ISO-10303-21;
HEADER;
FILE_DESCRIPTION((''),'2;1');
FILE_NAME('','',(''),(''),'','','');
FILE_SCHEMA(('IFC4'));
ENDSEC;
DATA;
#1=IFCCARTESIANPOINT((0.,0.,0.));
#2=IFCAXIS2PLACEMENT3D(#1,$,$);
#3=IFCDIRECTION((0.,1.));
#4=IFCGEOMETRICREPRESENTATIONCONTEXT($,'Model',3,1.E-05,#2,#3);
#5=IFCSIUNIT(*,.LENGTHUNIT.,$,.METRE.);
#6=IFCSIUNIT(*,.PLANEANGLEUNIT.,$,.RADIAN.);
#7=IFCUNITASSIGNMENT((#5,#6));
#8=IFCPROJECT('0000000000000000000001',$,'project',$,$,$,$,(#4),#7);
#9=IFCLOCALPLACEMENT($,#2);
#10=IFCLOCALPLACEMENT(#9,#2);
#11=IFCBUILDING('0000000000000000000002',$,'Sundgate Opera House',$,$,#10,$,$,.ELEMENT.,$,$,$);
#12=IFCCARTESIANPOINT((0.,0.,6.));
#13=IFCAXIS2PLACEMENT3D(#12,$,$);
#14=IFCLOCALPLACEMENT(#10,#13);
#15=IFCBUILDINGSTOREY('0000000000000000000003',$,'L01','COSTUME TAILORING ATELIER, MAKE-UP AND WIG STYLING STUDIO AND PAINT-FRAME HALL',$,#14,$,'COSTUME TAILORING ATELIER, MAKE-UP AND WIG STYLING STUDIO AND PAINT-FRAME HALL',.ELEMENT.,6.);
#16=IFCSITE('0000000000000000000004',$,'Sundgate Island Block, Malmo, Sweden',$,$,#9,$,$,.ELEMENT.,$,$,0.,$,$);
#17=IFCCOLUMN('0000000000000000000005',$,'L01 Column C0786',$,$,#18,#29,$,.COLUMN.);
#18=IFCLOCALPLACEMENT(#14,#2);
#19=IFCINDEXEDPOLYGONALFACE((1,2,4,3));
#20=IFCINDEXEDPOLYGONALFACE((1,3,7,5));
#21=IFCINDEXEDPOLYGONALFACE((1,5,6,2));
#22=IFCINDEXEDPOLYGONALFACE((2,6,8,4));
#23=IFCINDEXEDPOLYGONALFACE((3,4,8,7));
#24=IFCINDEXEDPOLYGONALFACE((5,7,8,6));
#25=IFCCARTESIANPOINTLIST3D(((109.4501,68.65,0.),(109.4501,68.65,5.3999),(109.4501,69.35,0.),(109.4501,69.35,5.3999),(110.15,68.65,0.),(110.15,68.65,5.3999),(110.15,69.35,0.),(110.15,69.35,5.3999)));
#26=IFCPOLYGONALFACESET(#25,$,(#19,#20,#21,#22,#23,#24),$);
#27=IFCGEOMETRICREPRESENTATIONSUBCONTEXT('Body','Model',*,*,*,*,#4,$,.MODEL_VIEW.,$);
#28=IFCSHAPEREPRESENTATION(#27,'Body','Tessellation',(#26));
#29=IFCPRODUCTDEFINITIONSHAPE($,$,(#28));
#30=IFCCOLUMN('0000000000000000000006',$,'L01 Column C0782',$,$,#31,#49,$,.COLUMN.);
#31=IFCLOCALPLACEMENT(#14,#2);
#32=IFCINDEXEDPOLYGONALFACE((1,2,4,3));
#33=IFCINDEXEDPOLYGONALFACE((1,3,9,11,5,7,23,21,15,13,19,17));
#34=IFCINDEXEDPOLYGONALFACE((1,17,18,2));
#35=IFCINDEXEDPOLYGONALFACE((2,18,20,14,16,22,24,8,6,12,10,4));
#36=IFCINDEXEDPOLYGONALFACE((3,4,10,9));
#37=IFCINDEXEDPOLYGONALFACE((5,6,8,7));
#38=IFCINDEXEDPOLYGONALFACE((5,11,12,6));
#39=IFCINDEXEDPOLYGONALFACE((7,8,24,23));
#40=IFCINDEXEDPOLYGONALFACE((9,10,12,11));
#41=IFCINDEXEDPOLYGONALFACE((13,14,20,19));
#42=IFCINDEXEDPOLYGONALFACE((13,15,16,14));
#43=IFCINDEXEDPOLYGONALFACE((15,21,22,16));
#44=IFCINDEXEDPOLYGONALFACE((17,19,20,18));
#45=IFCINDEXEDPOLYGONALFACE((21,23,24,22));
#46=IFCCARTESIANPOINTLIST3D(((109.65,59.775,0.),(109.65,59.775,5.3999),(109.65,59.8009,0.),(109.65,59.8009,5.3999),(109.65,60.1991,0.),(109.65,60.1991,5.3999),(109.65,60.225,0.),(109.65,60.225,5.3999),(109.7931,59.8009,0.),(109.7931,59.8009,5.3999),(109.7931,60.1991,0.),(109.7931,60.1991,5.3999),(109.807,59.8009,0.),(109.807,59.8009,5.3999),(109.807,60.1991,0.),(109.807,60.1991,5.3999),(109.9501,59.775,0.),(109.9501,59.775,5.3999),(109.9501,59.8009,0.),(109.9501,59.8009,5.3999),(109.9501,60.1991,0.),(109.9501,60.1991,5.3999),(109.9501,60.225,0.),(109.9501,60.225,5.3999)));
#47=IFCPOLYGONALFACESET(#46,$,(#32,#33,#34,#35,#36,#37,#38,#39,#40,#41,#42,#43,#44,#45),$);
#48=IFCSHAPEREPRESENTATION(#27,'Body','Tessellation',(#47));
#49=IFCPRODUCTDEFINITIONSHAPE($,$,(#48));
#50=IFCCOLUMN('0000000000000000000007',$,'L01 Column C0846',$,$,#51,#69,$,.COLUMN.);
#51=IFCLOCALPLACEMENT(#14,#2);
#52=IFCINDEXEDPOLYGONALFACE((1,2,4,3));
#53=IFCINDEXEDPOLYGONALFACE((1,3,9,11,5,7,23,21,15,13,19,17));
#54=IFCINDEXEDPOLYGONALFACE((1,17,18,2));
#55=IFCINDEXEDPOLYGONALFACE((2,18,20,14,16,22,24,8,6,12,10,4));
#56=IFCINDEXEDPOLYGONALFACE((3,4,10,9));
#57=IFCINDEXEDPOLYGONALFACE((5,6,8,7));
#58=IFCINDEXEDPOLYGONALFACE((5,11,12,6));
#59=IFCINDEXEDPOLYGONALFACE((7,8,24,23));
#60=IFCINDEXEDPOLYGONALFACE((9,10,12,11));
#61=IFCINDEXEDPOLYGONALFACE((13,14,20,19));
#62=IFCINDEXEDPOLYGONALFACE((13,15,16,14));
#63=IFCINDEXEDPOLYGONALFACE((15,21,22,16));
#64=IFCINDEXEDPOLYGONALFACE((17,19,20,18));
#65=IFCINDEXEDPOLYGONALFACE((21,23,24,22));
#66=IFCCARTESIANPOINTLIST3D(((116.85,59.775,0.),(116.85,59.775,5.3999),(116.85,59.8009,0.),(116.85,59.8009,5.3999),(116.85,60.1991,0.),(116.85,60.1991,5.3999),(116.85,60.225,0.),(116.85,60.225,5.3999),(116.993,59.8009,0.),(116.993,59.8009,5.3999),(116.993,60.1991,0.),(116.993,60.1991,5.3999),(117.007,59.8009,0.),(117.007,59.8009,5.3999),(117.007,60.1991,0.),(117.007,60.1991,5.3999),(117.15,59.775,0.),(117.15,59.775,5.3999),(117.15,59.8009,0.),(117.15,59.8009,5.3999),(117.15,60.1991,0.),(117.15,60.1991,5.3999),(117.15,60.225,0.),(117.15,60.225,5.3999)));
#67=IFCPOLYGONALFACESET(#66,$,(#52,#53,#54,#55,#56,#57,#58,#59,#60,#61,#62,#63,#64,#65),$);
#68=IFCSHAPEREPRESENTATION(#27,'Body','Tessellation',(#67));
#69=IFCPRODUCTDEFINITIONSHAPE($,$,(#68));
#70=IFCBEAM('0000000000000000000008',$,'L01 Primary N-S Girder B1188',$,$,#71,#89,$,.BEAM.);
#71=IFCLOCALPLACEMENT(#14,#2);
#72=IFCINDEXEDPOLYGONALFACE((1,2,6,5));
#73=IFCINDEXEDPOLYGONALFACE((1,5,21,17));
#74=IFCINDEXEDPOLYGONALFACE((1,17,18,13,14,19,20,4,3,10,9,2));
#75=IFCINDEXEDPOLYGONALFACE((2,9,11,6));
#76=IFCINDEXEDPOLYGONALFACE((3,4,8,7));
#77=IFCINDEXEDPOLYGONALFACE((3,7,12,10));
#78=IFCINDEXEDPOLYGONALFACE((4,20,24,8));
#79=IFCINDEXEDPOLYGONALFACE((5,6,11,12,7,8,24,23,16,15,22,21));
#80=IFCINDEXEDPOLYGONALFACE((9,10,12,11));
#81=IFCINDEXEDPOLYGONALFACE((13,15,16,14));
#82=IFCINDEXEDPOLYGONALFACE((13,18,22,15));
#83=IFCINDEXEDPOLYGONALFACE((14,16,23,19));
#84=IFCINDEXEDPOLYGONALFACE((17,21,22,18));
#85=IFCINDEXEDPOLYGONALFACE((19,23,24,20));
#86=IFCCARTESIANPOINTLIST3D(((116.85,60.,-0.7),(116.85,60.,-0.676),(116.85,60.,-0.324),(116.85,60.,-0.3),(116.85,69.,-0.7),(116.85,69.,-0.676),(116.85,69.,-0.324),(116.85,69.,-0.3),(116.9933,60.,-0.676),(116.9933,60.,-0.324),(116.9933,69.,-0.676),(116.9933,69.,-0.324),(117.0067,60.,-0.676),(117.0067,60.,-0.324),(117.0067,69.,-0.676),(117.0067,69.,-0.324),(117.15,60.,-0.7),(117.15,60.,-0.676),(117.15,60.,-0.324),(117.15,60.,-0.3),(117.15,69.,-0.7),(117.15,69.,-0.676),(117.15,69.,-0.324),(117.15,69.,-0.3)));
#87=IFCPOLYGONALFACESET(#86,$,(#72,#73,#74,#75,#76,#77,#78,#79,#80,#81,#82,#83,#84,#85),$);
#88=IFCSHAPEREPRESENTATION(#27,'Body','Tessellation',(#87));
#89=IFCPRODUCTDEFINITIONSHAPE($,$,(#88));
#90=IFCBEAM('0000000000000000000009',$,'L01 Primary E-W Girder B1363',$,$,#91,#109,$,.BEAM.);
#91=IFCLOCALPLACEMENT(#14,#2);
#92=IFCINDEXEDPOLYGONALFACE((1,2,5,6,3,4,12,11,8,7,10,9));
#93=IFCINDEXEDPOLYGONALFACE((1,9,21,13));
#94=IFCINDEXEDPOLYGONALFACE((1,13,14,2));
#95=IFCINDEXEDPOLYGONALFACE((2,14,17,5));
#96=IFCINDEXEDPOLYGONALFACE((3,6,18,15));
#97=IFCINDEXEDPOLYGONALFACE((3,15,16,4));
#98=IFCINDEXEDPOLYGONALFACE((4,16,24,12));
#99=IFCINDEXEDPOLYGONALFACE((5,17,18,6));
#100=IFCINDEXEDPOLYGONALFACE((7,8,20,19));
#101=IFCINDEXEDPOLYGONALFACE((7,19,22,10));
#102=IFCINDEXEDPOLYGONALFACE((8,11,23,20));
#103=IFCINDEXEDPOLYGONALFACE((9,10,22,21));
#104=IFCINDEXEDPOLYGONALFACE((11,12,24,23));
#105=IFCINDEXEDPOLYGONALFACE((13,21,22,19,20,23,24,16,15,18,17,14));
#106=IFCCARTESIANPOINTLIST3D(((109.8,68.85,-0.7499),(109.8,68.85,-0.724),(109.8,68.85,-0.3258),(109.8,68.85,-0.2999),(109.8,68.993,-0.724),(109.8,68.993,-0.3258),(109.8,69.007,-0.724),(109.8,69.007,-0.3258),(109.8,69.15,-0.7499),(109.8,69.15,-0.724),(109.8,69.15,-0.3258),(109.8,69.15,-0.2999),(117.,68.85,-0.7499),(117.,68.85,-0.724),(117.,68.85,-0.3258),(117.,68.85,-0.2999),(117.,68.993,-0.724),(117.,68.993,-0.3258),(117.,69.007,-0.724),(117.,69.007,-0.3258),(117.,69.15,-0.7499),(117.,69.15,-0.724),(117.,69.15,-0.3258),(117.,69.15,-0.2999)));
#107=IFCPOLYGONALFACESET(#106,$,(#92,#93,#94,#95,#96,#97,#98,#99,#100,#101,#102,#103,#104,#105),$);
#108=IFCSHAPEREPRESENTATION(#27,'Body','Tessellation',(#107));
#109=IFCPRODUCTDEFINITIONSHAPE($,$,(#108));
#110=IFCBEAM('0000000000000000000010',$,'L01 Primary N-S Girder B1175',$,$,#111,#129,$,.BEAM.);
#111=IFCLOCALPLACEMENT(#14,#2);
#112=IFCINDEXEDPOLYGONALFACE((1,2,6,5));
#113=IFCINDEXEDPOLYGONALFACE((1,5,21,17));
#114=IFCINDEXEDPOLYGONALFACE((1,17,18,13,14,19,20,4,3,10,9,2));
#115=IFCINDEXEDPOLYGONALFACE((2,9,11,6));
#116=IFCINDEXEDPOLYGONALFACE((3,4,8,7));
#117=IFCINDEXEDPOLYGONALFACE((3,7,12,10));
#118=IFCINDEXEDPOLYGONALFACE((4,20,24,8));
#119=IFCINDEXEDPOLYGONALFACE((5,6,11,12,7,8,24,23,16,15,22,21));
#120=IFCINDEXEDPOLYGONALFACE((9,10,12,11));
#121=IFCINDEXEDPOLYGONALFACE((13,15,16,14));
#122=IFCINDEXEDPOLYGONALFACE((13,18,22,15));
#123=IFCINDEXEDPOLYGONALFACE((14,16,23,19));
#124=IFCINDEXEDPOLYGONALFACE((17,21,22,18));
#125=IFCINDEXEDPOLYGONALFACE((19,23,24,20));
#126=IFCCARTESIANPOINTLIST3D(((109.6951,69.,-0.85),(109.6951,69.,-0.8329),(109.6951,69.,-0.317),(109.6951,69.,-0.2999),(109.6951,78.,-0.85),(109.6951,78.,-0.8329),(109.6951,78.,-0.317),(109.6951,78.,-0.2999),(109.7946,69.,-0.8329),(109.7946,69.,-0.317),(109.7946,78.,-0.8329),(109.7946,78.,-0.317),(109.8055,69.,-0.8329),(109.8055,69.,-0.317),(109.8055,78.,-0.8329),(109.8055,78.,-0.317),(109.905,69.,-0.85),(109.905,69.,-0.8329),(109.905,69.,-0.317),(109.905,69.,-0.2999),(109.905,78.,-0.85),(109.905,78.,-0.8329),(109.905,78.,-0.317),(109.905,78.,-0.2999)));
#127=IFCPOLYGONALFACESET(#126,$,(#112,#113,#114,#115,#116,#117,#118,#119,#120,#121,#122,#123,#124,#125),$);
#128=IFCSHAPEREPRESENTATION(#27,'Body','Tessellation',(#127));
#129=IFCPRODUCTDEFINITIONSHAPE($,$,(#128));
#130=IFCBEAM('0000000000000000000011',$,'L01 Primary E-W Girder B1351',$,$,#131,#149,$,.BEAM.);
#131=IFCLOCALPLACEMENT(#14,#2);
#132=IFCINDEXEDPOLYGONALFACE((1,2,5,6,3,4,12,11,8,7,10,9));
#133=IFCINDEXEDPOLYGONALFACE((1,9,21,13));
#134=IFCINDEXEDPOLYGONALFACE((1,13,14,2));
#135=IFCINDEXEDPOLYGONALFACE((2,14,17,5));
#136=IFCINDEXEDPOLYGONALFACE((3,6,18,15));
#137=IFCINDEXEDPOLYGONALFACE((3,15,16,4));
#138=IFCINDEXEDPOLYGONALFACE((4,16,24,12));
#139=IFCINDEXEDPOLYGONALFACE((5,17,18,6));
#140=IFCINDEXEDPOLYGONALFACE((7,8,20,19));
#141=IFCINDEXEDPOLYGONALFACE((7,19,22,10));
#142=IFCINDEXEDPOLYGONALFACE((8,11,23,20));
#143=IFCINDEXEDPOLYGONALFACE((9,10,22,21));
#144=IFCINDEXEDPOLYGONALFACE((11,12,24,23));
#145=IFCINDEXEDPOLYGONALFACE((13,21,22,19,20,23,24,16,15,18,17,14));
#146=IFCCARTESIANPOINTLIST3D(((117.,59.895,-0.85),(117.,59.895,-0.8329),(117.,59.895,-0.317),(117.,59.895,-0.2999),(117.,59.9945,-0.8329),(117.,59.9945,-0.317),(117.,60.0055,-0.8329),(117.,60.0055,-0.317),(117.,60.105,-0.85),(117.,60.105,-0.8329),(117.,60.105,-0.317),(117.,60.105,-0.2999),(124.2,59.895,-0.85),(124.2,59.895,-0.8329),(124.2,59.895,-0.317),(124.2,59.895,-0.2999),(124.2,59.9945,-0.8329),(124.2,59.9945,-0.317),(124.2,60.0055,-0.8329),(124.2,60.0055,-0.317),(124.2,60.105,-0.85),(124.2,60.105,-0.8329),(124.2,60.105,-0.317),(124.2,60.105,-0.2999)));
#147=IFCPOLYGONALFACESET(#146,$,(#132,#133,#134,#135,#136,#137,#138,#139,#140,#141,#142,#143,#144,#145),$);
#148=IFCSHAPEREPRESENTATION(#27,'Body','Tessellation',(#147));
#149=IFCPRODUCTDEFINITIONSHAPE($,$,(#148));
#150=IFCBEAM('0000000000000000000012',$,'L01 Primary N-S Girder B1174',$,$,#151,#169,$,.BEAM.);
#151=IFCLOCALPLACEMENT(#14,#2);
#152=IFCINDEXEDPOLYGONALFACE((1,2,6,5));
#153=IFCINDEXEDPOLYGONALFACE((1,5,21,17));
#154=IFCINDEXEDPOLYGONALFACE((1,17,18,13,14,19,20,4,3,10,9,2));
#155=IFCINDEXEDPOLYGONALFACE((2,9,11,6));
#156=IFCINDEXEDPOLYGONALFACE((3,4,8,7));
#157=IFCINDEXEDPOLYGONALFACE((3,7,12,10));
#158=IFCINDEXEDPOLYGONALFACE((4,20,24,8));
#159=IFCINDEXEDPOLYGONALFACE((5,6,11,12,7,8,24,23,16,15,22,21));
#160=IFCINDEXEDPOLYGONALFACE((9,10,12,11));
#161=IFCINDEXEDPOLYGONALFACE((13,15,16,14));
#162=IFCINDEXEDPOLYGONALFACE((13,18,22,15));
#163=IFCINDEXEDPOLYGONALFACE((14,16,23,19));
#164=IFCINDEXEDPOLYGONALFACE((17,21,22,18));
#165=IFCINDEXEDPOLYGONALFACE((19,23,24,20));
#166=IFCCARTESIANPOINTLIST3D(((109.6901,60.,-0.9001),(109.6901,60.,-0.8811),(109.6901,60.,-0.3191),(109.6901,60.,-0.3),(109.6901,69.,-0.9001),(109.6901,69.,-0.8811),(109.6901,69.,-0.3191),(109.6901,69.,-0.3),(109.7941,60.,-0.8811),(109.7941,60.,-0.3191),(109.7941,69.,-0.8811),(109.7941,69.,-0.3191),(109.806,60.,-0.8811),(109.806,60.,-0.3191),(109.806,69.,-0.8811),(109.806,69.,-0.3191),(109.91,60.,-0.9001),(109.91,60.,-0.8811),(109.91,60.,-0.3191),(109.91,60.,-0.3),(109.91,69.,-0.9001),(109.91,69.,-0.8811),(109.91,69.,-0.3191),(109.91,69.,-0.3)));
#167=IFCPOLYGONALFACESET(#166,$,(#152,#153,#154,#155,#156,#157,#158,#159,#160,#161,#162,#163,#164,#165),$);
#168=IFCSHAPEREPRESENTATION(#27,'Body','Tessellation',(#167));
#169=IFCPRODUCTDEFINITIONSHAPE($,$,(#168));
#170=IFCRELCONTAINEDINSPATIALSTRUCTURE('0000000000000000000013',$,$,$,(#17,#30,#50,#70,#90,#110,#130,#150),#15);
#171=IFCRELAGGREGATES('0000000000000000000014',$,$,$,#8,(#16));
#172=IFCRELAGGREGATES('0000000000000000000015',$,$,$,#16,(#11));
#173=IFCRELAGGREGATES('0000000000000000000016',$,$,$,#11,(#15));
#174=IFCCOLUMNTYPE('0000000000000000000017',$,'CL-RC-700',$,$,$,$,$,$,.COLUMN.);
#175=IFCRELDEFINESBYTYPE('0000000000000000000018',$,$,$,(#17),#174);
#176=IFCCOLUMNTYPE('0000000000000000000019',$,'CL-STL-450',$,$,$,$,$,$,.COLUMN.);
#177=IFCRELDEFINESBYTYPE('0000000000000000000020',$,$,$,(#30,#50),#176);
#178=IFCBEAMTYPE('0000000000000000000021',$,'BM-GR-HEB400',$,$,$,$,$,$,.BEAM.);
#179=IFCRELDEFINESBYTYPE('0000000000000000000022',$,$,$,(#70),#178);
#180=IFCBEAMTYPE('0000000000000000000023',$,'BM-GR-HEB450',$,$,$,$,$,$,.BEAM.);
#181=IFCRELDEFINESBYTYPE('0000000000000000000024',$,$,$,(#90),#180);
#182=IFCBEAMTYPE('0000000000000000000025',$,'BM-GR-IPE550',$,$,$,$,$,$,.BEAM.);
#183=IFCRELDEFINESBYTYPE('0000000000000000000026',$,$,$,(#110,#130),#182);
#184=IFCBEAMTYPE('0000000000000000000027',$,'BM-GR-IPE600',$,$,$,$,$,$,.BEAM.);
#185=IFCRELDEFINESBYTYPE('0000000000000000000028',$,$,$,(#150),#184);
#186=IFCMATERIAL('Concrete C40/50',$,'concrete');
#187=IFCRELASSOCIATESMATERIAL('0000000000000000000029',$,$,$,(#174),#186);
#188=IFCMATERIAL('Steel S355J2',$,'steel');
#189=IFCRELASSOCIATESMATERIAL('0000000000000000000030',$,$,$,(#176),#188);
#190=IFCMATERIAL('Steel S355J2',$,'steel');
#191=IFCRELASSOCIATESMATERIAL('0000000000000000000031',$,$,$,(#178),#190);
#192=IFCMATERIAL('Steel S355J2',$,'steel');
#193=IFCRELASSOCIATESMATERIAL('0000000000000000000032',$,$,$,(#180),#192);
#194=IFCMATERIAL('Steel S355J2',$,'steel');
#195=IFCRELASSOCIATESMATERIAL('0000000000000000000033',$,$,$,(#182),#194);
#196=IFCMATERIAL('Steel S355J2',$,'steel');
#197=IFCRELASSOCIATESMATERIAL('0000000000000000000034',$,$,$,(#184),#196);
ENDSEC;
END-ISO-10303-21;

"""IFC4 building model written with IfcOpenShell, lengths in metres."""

from ifc_helpers import new_model, si_unit, direction, frame, origin, origin_2d, place, context, subcontext, project, spatial, rectangle, i_section, extrude, material, material_profile, profile_set, type_object, element, save


model = new_model("IFC4")

# Units and contexts
model_context = context("Model", 3, precision=1e-05, world=origin(), true_north=direction((0.0, 1.0)))
body_context = subcontext(model_context, "Body", "Model", "MODEL_VIEW")
ifc_project = project(units=[si_unit("LENGTHUNIT", "METRE"), si_unit("PLANEANGLEUNIT", "RADIAN")], contexts=[model_context])

# Site, building, storey
site_placement = place(None, origin())
site = spatial("IfcSite", under=ifc_project, at=site_placement, Name="Sundgate Island Block, Malmo, Sweden", CompositionType="ELEMENT", RefElevation=0.0)
building_placement = place(site_placement, origin())
building = spatial("IfcBuilding", under=site, at=building_placement, Name="Sundgate Opera House", CompositionType="ELEMENT")
storey_placement = place(building_placement, frame((0.0, 0.0, 6.0)))
storey = spatial("IfcBuildingStorey", under=building, at=storey_placement, Name="L01", Description="COSTUME TAILORING ATELIER, MAKE-UP AND WIG STYLING STUDIO AND PAINT-FRAME HALL", LongName="COSTUME TAILORING ATELIER, MAKE-UP AND WIG STYLING STUDIO AND PAINT-FRAME HALL", CompositionType="ELEMENT", Elevation=6.0)

# Columns
ifc_material_1 = material(Name="Concrete C40/50", Category="concrete")
ifc_material_profile_1 = material_profile(ifc_material_1, rectangle(XDim=0.7, YDim=0.7, at=origin_2d()), Name="RC 700x700")
ifc_profile_set_1 = profile_set([ifc_material_profile_1], Name="Concrete C40/50")
column_type_1 = type_object("IfcColumnType", Name="CL-RC-700", PredefinedType="COLUMN", material=ifc_profile_set_1)
column_placement = place(storey_placement, frame((109.8, 69.0, 0.0), z_axis=(0.0, 0.0, 1.0), x_axis=(1.0, 0.0, 0.0)))
element("IfcColumn", 1, at=column_placement, inside=storey, type_object=column_type_1, Name="L01 Column C0786", PredefinedType="COLUMN", context=body_context, shape_type="SweptSolid", body=[
    extrude(rectangle(XDim=0.7, YDim=0.7, at=origin_2d()), origin(), (0.0, 0.0, 1.0), 5.3999),
])
ifc_material_2 = material(Name="Steel S355J2", Category="steel")
ifc_material_profile_2 = material_profile(ifc_material_2, i_section(OverallWidth=0.3, OverallDepth=0.45, WebThickness=0.0139, FlangeThickness=0.0259, at=origin_2d()), Name="HEB 450")
ifc_profile_set_2 = profile_set([ifc_material_profile_2], Name="Steel S355J2")
column_type_2 = type_object("IfcColumnType", Name="CL-STL-450", PredefinedType="COLUMN", material=ifc_profile_set_2)
for number, where, z_axis, x_axis, name in (
    (2, (109.8, 60.0, 0.0), (0.0, 0.0, 1.0), (1.0, 0.0, 0.0), "L01 Column C0782"),
    (3, (117.0, 60.0, 0.0), (0.0, 0.0, 1.0), (1.0, 0.0, 0.0), "L01 Column C0846"),
):
    element("IfcColumn", number, at=place(storey_placement, frame(where, z_axis=z_axis, x_axis=x_axis)), inside=storey, type_object=column_type_2, Name=name, PredefinedType="COLUMN", context=body_context, shape_type="SweptSolid", body=[
        extrude(i_section(OverallWidth=0.3, OverallDepth=0.45, WebThickness=0.0139, FlangeThickness=0.0259, at=origin_2d()), origin(), (0.0, 0.0, 1.0), 5.3999),
    ])

# Beams
ifc_material_3 = material(Name="Steel S355J2", Category="steel")
ifc_material_profile_3 = material_profile(ifc_material_3, i_section(OverallWidth=0.3, OverallDepth=0.3999, WebThickness=0.0134, FlangeThickness=0.0239, at=origin_2d()), Name="HEB 400")
ifc_profile_set_3 = profile_set([ifc_material_profile_3], Name="Steel S355J2")
beam_type_1 = type_object("IfcBeamType", Name="BM-GR-HEB400", PredefinedType="BEAM", material=ifc_profile_set_3)
beam_1_placement = place(storey_placement, frame((117.0, 60.0, -0.5), z_axis=(0.0, 1.0, 0.0), x_axis=(-1.0, 0.0, 0.0)))
element("IfcBeam", 4, at=beam_1_placement, inside=storey, type_object=beam_type_1, Name="L01 Primary N-S Girder B1188", PredefinedType="BEAM", context=body_context, shape_type="SweptSolid", body=[
    extrude(i_section(OverallWidth=0.3, OverallDepth=0.3999, WebThickness=0.0134, FlangeThickness=0.0239, at=origin_2d()), origin(), (0.0, 0.0, 1.0), 9.0),
])
ifc_material_4 = material(Name="Steel S355J2", Category="steel")
ifc_material_profile_4 = material_profile(ifc_material_4, i_section(OverallWidth=0.3, OverallDepth=0.45, WebThickness=0.0139, FlangeThickness=0.0259, at=origin_2d()), Name="HEB 450")
ifc_profile_set_4 = profile_set([ifc_material_profile_4], Name="Steel S355J2")
beam_type_2 = type_object("IfcBeamType", Name="BM-GR-HEB450", PredefinedType="BEAM", material=ifc_profile_set_4)
beam_2_placement = place(storey_placement, frame((109.8, 69.0, -0.5249), z_axis=(1.0, 0.0, 0.0), x_axis=(0.0, 1.0, 0.0)))
element("IfcBeam", 5, at=beam_2_placement, inside=storey, type_object=beam_type_2, Name="L01 Primary E-W Girder B1363", PredefinedType="BEAM", context=body_context, shape_type="SweptSolid", body=[
    extrude(i_section(OverallWidth=0.3, OverallDepth=0.45, WebThickness=0.0139, FlangeThickness=0.0259, at=origin_2d()), origin(), (0.0, 0.0, 1.0), 7.2),
])
ifc_material_5 = material(Name="Steel S355J2", Category="steel")
ifc_material_profile_5 = material_profile(ifc_material_5, i_section(OverallWidth=0.21, OverallDepth=0.55, WebThickness=0.011, FlangeThickness=0.0171, at=origin_2d()), Name="IPE 550")
ifc_profile_set_5 = profile_set([ifc_material_profile_5], Name="Steel S355J2")
beam_type_3 = type_object("IfcBeamType", Name="BM-GR-IPE550", PredefinedType="BEAM", material=ifc_profile_set_5)
beam_3_placement = place(storey_placement, frame((109.8, 69.0, -0.575), z_axis=(0.0, 1.0, 0.0), x_axis=(-1.0, 0.0, 0.0)))
element("IfcBeam", 6, at=beam_3_placement, inside=storey, type_object=beam_type_3, Name="L01 Primary N-S Girder B1175", PredefinedType="BEAM", context=body_context, shape_type="SweptSolid", body=[
    extrude(i_section(OverallWidth=0.21, OverallDepth=0.55, WebThickness=0.011, FlangeThickness=0.0171, at=origin_2d()), origin(), (0.0, 0.0, 1.0), 9.0),
])
beam_4_placement = place(storey_placement, frame((117.0, 60.0, -0.575), z_axis=(1.0, 0.0, 0.0), x_axis=(0.0, 1.0, 0.0)))
element("IfcBeam", 7, at=beam_4_placement, inside=storey, type_object=beam_type_3, Name="L01 Primary E-W Girder B1351", PredefinedType="BEAM", context=body_context, shape_type="SweptSolid", body=[
    extrude(i_section(OverallWidth=0.21, OverallDepth=0.55, WebThickness=0.011, FlangeThickness=0.0171, at=origin_2d()), origin(), (0.0, 0.0, 1.0), 7.2),
])
ifc_material_6 = material(Name="Steel S355J2", Category="steel")
ifc_material_profile_6 = material_profile(ifc_material_6, i_section(OverallWidth=0.22, OverallDepth=0.6001, WebThickness=0.012, FlangeThickness=0.019, at=origin_2d()), Name="IPE 600")
ifc_profile_set_6 = profile_set([ifc_material_profile_6], Name="Steel S355J2")
beam_type_4 = type_object("IfcBeamType", Name="BM-GR-IPE600", PredefinedType="BEAM", material=ifc_profile_set_6)
beam_5_placement = place(storey_placement, frame((109.8, 60.0, -0.6001), z_axis=(0.0, 1.0, 0.0), x_axis=(-1.0, 0.0, 0.0)))
element("IfcBeam", 8, at=beam_5_placement, inside=storey, type_object=beam_type_4, Name="L01 Primary N-S Girder B1174", PredefinedType="BEAM", context=body_context, shape_type="SweptSolid", body=[
    extrude(i_section(OverallWidth=0.22, OverallDepth=0.6001, WebThickness=0.012, FlangeThickness=0.019, at=origin_2d()), origin(), (0.0, 0.0, 1.0), 9.0),
])

save(model, "model.ifc")
